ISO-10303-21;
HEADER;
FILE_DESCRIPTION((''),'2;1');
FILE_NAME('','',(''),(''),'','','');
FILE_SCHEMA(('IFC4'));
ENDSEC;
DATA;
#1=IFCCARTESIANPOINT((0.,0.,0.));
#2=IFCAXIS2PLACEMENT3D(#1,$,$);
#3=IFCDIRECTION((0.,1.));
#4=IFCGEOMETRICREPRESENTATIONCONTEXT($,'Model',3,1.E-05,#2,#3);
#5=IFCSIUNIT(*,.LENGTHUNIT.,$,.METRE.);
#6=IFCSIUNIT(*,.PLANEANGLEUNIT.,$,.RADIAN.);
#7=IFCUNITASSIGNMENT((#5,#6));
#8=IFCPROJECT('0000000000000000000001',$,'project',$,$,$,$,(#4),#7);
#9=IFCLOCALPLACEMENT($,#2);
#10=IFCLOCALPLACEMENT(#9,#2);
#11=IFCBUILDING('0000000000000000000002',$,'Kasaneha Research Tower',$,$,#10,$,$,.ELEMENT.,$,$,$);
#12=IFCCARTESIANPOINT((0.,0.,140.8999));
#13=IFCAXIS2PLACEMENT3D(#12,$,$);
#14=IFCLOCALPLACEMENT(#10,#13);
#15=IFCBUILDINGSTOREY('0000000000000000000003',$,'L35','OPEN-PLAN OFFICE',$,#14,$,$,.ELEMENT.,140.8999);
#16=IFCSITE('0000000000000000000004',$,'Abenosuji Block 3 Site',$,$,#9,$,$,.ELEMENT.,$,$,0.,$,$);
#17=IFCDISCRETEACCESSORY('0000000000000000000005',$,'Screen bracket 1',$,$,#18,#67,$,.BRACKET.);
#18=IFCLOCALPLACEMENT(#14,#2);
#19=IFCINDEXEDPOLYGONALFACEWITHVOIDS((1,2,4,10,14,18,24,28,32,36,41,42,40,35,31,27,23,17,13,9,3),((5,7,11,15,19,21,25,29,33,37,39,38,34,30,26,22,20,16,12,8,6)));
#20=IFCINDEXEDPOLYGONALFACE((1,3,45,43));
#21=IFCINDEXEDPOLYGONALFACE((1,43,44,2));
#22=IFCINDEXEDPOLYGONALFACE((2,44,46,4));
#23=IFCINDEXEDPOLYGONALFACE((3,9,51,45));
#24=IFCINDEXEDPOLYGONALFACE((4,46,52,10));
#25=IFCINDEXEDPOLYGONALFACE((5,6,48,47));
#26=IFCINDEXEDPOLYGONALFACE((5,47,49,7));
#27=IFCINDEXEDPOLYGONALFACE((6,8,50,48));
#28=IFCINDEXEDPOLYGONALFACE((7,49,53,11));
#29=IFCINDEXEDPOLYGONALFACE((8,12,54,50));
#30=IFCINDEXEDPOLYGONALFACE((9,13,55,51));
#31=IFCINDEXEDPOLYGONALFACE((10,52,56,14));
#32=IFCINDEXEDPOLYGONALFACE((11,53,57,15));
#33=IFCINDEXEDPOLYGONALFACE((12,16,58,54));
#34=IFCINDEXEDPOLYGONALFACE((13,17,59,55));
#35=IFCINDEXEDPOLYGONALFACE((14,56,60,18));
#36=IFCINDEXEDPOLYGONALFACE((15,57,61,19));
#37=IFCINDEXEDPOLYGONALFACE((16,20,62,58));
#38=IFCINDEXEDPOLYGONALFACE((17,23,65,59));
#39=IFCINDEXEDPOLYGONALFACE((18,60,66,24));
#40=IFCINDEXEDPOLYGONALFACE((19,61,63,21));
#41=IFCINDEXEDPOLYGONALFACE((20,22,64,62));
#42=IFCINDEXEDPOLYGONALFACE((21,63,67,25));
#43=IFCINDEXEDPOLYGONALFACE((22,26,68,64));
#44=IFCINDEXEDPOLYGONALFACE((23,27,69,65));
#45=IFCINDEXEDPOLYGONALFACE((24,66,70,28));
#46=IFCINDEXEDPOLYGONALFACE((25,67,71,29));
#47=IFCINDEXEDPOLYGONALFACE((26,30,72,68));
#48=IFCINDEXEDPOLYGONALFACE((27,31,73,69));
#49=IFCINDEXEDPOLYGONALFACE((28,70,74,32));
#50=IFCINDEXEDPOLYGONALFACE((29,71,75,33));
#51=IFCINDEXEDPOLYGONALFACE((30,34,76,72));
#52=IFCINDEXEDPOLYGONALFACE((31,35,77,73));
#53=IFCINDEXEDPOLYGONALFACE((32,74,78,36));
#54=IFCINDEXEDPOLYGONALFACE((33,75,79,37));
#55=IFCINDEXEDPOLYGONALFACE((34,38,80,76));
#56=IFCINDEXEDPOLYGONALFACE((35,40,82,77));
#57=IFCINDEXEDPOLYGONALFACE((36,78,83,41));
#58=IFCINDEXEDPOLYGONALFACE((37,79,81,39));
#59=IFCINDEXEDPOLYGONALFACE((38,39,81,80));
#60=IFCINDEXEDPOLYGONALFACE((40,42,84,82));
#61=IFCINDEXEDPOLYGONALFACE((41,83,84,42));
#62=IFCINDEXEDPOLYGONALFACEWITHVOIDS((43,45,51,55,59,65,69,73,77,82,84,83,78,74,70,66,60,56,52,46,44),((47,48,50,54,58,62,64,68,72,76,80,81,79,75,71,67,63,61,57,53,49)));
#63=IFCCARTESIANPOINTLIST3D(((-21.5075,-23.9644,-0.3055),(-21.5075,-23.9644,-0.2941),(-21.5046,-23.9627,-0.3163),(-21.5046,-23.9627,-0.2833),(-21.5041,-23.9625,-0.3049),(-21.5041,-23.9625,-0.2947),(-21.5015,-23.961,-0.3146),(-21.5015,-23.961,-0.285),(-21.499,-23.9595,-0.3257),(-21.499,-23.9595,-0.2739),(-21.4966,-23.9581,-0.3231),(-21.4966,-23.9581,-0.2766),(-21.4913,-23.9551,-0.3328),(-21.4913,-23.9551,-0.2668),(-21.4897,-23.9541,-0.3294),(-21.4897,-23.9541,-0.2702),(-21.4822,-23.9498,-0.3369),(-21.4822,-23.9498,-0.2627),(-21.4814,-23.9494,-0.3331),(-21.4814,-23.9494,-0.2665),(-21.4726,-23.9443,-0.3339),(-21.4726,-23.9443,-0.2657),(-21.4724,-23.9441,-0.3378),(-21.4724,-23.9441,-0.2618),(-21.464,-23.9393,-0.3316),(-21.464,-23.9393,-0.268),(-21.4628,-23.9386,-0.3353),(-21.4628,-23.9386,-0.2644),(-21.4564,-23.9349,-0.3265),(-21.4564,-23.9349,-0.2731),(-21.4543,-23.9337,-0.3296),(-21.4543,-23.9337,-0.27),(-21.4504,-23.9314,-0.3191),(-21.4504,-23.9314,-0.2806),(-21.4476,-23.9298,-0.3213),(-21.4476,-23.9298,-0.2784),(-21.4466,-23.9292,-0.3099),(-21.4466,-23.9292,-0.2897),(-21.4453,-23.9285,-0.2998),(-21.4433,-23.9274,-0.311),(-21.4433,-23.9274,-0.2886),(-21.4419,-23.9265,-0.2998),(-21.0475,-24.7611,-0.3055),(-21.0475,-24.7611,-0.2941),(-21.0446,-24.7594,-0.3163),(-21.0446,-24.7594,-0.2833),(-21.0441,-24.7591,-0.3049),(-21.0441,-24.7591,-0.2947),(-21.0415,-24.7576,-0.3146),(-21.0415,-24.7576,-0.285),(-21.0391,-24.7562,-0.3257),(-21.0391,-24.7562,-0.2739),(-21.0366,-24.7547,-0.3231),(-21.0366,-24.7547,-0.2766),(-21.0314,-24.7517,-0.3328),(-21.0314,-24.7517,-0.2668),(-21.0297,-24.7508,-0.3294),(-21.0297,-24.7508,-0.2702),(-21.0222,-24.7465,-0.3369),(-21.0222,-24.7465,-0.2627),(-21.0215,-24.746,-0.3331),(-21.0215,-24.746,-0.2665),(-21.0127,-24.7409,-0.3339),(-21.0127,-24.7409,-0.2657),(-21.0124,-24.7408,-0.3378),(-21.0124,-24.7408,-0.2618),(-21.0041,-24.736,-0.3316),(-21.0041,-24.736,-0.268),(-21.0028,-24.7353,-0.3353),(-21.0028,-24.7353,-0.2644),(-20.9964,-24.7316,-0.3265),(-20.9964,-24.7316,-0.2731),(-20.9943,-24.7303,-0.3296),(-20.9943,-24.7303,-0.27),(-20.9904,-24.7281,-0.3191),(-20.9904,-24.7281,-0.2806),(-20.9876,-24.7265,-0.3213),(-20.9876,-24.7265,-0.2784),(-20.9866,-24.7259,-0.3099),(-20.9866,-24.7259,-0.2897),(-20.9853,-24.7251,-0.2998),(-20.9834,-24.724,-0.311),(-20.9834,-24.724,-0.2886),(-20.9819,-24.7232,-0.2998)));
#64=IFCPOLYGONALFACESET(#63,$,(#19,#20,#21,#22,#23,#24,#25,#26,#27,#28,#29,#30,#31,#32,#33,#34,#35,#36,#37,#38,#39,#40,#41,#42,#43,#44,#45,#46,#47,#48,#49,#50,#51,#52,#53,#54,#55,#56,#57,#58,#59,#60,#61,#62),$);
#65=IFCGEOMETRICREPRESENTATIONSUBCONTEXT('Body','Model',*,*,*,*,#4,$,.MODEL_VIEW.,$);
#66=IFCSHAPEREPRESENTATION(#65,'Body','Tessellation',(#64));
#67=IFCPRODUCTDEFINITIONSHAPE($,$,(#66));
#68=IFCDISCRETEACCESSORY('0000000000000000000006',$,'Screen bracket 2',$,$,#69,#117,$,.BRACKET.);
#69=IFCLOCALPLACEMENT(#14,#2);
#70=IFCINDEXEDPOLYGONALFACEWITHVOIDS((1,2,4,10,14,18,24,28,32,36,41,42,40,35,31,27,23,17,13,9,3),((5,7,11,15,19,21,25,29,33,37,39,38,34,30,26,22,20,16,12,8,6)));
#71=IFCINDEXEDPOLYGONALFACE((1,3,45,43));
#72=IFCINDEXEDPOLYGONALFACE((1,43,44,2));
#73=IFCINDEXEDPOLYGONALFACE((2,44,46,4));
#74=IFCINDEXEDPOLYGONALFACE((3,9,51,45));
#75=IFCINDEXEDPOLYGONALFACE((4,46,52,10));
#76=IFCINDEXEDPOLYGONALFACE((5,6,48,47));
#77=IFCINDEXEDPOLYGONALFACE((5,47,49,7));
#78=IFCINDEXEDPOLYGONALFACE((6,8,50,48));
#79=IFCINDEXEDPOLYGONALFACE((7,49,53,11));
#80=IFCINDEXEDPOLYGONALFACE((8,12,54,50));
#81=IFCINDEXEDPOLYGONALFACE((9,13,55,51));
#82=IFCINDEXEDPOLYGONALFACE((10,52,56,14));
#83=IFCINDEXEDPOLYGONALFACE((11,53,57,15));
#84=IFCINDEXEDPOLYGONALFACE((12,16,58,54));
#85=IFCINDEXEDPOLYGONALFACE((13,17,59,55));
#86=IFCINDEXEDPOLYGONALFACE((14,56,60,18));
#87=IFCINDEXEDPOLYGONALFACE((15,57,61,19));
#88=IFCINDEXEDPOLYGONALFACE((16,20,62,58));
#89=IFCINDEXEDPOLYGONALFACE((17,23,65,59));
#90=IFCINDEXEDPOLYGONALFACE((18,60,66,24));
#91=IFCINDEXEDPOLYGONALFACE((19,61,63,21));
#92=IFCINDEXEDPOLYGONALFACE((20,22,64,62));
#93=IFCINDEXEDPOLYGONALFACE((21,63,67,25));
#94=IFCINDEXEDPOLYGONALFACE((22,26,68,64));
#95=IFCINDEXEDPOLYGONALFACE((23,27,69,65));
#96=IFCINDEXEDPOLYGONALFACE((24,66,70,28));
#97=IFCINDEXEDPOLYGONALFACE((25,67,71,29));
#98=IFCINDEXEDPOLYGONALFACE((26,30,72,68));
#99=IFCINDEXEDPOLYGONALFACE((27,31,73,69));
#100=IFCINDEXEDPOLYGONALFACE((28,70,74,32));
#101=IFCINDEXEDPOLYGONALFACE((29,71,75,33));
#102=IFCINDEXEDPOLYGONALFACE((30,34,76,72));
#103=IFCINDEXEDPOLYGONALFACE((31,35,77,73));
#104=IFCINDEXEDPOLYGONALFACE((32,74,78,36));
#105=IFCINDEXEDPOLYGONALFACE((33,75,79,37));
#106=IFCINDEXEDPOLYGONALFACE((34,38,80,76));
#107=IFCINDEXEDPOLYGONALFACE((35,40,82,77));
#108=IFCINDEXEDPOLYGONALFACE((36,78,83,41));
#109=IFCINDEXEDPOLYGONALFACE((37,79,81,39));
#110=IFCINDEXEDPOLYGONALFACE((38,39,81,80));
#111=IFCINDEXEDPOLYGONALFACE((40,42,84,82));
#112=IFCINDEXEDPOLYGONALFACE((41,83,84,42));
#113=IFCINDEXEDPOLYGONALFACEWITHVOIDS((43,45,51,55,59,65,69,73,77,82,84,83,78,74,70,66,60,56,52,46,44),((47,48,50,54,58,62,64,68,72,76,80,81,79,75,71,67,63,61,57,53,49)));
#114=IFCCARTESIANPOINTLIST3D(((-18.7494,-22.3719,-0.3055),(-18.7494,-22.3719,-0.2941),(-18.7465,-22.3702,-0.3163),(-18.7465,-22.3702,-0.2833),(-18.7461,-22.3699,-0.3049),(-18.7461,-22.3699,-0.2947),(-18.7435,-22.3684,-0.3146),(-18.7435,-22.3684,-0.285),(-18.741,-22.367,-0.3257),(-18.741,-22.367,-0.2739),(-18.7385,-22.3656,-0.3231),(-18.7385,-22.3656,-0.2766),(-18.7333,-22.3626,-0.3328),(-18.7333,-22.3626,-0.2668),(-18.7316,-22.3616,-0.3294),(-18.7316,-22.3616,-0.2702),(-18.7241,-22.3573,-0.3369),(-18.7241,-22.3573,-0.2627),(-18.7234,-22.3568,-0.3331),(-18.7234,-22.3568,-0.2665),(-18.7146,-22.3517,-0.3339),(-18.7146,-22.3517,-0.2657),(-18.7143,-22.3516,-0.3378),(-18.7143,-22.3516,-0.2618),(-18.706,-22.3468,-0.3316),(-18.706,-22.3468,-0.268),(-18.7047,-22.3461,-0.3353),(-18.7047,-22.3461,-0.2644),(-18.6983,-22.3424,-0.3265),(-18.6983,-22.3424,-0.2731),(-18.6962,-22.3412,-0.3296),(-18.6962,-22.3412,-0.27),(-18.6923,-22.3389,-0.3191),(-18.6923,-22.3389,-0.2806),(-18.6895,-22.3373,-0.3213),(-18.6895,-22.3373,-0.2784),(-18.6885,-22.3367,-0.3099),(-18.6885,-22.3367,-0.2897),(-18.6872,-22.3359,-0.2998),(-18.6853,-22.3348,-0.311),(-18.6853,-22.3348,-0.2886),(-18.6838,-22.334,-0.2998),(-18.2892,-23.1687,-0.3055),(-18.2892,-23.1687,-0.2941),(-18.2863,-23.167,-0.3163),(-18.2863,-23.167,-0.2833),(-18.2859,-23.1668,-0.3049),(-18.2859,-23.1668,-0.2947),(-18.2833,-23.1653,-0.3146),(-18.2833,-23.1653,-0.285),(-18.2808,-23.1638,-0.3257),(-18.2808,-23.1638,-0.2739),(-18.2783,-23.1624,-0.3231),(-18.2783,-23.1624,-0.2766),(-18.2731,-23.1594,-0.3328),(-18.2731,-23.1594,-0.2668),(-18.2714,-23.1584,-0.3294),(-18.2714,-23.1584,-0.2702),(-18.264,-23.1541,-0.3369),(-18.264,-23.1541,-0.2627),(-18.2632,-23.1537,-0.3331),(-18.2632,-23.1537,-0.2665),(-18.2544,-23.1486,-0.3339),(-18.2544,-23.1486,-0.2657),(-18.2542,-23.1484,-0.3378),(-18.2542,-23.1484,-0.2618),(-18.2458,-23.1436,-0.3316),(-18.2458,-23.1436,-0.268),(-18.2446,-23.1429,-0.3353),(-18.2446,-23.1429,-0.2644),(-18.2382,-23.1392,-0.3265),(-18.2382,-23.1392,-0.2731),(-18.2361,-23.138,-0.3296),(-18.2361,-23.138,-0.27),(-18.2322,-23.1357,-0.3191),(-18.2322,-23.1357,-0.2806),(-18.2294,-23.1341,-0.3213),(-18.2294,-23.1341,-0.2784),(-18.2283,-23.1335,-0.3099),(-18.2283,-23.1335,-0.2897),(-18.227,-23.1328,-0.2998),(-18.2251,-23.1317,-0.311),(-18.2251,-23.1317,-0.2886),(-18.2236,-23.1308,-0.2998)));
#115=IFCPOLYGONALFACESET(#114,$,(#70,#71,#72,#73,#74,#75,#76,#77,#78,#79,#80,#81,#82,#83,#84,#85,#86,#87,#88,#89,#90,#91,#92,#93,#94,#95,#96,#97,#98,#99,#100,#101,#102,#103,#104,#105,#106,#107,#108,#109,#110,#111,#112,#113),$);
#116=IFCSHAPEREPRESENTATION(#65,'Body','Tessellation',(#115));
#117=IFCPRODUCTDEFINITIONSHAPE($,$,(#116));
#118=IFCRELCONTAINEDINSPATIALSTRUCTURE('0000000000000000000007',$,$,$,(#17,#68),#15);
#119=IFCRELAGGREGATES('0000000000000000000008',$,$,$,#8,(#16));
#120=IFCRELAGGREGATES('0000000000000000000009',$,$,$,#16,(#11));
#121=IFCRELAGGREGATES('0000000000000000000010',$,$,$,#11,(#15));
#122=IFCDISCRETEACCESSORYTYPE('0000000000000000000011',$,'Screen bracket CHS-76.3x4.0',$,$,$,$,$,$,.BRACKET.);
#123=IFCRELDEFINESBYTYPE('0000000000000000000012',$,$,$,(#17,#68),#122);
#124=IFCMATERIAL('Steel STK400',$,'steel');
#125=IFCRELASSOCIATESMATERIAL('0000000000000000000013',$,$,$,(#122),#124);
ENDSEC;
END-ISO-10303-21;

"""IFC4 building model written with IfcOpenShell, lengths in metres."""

from ifc_helpers import new_model, si_unit, direction, frame, origin, origin_2d, place, context, subcontext, project, spatial, hollow_circle, extrude, material, material_profile, profile_set, type_object, element, save


model = new_model("IFC4")

# Units and contexts
model_context = context("Model", 3, precision=1e-05, world=origin(), true_north=direction((0.0, 1.0)))
body_context = subcontext(model_context, "Body", "Model", "MODEL_VIEW")
ifc_project = project(units=[si_unit("LENGTHUNIT", "METRE"), si_unit("PLANEANGLEUNIT", "RADIAN")], contexts=[model_context])

# Site, building, storey
site_placement = place(None, origin())
site = spatial("IfcSite", under=ifc_project, at=site_placement, Name="Abenosuji Block 3 Site", CompositionType="ELEMENT", RefElevation=0.0)
building_placement = place(site_placement, origin())
building = spatial("IfcBuilding", under=site, at=building_placement, Name="Kasaneha Research Tower", CompositionType="ELEMENT")
storey_placement = place(building_placement, frame((0.0, 0.0, 140.8999)))
storey = spatial("IfcBuildingStorey", under=building, at=storey_placement, Name="L35", Description="OPEN-PLAN OFFICE", CompositionType="ELEMENT", Elevation=140.8999)

# Discrete accessories
ifc_material_1 = material(Name="Steel STK400", Category="steel")
ifc_material_profile_1 = material_profile(ifc_material_1, hollow_circle(Radius=0.0381, WallThickness=0.0039, at=origin_2d()), Name="CHS-76.3x4.0")
ifc_profile_set_1 = profile_set([ifc_material_profile_1], Name="Steel STK400")
discrete_accessory_type = type_object("IfcDiscreteAccessoryType", Name="Screen bracket CHS-76.3x4.0", PredefinedType="BRACKET", material=ifc_profile_set_1)
discrete_accessory_1_placement = place(storey_placement, frame((-21.4749, -23.9456, -0.2998), z_axis=(0.500021, -0.866013, 0.0), x_axis=(0.866013, 0.500021, 0.0)))
element("IfcDiscreteAccessory", 1, at=discrete_accessory_1_placement, inside=storey, type_object=discrete_accessory_type, Name="Screen bracket 1", PredefinedType="BRACKET", context=body_context, shape_type="SweptSolid", body=[
    extrude(hollow_circle(Radius=0.0381, WallThickness=0.0039, at=origin_2d()), origin(), (0.0, 0.0, 1.0), 0.9199),
])
discrete_accessory_2_placement = place(storey_placement, frame((-18.7168, -22.353, -0.2998), z_axis=(0.500105, -0.865965, 0.0), x_axis=(0.865965, 0.500105, 0.0)))
element("IfcDiscreteAccessory", 2, at=discrete_accessory_2_placement, inside=storey, type_object=discrete_accessory_type, Name="Screen bracket 2", PredefinedType="BRACKET", context=body_context, shape_type="SweptSolid", body=[
    extrude(hollow_circle(Radius=0.0381, WallThickness=0.0039, at=origin_2d()), origin(), (0.0, 0.0, 1.0), 0.9202),
])

save(model, "model.ifc")
